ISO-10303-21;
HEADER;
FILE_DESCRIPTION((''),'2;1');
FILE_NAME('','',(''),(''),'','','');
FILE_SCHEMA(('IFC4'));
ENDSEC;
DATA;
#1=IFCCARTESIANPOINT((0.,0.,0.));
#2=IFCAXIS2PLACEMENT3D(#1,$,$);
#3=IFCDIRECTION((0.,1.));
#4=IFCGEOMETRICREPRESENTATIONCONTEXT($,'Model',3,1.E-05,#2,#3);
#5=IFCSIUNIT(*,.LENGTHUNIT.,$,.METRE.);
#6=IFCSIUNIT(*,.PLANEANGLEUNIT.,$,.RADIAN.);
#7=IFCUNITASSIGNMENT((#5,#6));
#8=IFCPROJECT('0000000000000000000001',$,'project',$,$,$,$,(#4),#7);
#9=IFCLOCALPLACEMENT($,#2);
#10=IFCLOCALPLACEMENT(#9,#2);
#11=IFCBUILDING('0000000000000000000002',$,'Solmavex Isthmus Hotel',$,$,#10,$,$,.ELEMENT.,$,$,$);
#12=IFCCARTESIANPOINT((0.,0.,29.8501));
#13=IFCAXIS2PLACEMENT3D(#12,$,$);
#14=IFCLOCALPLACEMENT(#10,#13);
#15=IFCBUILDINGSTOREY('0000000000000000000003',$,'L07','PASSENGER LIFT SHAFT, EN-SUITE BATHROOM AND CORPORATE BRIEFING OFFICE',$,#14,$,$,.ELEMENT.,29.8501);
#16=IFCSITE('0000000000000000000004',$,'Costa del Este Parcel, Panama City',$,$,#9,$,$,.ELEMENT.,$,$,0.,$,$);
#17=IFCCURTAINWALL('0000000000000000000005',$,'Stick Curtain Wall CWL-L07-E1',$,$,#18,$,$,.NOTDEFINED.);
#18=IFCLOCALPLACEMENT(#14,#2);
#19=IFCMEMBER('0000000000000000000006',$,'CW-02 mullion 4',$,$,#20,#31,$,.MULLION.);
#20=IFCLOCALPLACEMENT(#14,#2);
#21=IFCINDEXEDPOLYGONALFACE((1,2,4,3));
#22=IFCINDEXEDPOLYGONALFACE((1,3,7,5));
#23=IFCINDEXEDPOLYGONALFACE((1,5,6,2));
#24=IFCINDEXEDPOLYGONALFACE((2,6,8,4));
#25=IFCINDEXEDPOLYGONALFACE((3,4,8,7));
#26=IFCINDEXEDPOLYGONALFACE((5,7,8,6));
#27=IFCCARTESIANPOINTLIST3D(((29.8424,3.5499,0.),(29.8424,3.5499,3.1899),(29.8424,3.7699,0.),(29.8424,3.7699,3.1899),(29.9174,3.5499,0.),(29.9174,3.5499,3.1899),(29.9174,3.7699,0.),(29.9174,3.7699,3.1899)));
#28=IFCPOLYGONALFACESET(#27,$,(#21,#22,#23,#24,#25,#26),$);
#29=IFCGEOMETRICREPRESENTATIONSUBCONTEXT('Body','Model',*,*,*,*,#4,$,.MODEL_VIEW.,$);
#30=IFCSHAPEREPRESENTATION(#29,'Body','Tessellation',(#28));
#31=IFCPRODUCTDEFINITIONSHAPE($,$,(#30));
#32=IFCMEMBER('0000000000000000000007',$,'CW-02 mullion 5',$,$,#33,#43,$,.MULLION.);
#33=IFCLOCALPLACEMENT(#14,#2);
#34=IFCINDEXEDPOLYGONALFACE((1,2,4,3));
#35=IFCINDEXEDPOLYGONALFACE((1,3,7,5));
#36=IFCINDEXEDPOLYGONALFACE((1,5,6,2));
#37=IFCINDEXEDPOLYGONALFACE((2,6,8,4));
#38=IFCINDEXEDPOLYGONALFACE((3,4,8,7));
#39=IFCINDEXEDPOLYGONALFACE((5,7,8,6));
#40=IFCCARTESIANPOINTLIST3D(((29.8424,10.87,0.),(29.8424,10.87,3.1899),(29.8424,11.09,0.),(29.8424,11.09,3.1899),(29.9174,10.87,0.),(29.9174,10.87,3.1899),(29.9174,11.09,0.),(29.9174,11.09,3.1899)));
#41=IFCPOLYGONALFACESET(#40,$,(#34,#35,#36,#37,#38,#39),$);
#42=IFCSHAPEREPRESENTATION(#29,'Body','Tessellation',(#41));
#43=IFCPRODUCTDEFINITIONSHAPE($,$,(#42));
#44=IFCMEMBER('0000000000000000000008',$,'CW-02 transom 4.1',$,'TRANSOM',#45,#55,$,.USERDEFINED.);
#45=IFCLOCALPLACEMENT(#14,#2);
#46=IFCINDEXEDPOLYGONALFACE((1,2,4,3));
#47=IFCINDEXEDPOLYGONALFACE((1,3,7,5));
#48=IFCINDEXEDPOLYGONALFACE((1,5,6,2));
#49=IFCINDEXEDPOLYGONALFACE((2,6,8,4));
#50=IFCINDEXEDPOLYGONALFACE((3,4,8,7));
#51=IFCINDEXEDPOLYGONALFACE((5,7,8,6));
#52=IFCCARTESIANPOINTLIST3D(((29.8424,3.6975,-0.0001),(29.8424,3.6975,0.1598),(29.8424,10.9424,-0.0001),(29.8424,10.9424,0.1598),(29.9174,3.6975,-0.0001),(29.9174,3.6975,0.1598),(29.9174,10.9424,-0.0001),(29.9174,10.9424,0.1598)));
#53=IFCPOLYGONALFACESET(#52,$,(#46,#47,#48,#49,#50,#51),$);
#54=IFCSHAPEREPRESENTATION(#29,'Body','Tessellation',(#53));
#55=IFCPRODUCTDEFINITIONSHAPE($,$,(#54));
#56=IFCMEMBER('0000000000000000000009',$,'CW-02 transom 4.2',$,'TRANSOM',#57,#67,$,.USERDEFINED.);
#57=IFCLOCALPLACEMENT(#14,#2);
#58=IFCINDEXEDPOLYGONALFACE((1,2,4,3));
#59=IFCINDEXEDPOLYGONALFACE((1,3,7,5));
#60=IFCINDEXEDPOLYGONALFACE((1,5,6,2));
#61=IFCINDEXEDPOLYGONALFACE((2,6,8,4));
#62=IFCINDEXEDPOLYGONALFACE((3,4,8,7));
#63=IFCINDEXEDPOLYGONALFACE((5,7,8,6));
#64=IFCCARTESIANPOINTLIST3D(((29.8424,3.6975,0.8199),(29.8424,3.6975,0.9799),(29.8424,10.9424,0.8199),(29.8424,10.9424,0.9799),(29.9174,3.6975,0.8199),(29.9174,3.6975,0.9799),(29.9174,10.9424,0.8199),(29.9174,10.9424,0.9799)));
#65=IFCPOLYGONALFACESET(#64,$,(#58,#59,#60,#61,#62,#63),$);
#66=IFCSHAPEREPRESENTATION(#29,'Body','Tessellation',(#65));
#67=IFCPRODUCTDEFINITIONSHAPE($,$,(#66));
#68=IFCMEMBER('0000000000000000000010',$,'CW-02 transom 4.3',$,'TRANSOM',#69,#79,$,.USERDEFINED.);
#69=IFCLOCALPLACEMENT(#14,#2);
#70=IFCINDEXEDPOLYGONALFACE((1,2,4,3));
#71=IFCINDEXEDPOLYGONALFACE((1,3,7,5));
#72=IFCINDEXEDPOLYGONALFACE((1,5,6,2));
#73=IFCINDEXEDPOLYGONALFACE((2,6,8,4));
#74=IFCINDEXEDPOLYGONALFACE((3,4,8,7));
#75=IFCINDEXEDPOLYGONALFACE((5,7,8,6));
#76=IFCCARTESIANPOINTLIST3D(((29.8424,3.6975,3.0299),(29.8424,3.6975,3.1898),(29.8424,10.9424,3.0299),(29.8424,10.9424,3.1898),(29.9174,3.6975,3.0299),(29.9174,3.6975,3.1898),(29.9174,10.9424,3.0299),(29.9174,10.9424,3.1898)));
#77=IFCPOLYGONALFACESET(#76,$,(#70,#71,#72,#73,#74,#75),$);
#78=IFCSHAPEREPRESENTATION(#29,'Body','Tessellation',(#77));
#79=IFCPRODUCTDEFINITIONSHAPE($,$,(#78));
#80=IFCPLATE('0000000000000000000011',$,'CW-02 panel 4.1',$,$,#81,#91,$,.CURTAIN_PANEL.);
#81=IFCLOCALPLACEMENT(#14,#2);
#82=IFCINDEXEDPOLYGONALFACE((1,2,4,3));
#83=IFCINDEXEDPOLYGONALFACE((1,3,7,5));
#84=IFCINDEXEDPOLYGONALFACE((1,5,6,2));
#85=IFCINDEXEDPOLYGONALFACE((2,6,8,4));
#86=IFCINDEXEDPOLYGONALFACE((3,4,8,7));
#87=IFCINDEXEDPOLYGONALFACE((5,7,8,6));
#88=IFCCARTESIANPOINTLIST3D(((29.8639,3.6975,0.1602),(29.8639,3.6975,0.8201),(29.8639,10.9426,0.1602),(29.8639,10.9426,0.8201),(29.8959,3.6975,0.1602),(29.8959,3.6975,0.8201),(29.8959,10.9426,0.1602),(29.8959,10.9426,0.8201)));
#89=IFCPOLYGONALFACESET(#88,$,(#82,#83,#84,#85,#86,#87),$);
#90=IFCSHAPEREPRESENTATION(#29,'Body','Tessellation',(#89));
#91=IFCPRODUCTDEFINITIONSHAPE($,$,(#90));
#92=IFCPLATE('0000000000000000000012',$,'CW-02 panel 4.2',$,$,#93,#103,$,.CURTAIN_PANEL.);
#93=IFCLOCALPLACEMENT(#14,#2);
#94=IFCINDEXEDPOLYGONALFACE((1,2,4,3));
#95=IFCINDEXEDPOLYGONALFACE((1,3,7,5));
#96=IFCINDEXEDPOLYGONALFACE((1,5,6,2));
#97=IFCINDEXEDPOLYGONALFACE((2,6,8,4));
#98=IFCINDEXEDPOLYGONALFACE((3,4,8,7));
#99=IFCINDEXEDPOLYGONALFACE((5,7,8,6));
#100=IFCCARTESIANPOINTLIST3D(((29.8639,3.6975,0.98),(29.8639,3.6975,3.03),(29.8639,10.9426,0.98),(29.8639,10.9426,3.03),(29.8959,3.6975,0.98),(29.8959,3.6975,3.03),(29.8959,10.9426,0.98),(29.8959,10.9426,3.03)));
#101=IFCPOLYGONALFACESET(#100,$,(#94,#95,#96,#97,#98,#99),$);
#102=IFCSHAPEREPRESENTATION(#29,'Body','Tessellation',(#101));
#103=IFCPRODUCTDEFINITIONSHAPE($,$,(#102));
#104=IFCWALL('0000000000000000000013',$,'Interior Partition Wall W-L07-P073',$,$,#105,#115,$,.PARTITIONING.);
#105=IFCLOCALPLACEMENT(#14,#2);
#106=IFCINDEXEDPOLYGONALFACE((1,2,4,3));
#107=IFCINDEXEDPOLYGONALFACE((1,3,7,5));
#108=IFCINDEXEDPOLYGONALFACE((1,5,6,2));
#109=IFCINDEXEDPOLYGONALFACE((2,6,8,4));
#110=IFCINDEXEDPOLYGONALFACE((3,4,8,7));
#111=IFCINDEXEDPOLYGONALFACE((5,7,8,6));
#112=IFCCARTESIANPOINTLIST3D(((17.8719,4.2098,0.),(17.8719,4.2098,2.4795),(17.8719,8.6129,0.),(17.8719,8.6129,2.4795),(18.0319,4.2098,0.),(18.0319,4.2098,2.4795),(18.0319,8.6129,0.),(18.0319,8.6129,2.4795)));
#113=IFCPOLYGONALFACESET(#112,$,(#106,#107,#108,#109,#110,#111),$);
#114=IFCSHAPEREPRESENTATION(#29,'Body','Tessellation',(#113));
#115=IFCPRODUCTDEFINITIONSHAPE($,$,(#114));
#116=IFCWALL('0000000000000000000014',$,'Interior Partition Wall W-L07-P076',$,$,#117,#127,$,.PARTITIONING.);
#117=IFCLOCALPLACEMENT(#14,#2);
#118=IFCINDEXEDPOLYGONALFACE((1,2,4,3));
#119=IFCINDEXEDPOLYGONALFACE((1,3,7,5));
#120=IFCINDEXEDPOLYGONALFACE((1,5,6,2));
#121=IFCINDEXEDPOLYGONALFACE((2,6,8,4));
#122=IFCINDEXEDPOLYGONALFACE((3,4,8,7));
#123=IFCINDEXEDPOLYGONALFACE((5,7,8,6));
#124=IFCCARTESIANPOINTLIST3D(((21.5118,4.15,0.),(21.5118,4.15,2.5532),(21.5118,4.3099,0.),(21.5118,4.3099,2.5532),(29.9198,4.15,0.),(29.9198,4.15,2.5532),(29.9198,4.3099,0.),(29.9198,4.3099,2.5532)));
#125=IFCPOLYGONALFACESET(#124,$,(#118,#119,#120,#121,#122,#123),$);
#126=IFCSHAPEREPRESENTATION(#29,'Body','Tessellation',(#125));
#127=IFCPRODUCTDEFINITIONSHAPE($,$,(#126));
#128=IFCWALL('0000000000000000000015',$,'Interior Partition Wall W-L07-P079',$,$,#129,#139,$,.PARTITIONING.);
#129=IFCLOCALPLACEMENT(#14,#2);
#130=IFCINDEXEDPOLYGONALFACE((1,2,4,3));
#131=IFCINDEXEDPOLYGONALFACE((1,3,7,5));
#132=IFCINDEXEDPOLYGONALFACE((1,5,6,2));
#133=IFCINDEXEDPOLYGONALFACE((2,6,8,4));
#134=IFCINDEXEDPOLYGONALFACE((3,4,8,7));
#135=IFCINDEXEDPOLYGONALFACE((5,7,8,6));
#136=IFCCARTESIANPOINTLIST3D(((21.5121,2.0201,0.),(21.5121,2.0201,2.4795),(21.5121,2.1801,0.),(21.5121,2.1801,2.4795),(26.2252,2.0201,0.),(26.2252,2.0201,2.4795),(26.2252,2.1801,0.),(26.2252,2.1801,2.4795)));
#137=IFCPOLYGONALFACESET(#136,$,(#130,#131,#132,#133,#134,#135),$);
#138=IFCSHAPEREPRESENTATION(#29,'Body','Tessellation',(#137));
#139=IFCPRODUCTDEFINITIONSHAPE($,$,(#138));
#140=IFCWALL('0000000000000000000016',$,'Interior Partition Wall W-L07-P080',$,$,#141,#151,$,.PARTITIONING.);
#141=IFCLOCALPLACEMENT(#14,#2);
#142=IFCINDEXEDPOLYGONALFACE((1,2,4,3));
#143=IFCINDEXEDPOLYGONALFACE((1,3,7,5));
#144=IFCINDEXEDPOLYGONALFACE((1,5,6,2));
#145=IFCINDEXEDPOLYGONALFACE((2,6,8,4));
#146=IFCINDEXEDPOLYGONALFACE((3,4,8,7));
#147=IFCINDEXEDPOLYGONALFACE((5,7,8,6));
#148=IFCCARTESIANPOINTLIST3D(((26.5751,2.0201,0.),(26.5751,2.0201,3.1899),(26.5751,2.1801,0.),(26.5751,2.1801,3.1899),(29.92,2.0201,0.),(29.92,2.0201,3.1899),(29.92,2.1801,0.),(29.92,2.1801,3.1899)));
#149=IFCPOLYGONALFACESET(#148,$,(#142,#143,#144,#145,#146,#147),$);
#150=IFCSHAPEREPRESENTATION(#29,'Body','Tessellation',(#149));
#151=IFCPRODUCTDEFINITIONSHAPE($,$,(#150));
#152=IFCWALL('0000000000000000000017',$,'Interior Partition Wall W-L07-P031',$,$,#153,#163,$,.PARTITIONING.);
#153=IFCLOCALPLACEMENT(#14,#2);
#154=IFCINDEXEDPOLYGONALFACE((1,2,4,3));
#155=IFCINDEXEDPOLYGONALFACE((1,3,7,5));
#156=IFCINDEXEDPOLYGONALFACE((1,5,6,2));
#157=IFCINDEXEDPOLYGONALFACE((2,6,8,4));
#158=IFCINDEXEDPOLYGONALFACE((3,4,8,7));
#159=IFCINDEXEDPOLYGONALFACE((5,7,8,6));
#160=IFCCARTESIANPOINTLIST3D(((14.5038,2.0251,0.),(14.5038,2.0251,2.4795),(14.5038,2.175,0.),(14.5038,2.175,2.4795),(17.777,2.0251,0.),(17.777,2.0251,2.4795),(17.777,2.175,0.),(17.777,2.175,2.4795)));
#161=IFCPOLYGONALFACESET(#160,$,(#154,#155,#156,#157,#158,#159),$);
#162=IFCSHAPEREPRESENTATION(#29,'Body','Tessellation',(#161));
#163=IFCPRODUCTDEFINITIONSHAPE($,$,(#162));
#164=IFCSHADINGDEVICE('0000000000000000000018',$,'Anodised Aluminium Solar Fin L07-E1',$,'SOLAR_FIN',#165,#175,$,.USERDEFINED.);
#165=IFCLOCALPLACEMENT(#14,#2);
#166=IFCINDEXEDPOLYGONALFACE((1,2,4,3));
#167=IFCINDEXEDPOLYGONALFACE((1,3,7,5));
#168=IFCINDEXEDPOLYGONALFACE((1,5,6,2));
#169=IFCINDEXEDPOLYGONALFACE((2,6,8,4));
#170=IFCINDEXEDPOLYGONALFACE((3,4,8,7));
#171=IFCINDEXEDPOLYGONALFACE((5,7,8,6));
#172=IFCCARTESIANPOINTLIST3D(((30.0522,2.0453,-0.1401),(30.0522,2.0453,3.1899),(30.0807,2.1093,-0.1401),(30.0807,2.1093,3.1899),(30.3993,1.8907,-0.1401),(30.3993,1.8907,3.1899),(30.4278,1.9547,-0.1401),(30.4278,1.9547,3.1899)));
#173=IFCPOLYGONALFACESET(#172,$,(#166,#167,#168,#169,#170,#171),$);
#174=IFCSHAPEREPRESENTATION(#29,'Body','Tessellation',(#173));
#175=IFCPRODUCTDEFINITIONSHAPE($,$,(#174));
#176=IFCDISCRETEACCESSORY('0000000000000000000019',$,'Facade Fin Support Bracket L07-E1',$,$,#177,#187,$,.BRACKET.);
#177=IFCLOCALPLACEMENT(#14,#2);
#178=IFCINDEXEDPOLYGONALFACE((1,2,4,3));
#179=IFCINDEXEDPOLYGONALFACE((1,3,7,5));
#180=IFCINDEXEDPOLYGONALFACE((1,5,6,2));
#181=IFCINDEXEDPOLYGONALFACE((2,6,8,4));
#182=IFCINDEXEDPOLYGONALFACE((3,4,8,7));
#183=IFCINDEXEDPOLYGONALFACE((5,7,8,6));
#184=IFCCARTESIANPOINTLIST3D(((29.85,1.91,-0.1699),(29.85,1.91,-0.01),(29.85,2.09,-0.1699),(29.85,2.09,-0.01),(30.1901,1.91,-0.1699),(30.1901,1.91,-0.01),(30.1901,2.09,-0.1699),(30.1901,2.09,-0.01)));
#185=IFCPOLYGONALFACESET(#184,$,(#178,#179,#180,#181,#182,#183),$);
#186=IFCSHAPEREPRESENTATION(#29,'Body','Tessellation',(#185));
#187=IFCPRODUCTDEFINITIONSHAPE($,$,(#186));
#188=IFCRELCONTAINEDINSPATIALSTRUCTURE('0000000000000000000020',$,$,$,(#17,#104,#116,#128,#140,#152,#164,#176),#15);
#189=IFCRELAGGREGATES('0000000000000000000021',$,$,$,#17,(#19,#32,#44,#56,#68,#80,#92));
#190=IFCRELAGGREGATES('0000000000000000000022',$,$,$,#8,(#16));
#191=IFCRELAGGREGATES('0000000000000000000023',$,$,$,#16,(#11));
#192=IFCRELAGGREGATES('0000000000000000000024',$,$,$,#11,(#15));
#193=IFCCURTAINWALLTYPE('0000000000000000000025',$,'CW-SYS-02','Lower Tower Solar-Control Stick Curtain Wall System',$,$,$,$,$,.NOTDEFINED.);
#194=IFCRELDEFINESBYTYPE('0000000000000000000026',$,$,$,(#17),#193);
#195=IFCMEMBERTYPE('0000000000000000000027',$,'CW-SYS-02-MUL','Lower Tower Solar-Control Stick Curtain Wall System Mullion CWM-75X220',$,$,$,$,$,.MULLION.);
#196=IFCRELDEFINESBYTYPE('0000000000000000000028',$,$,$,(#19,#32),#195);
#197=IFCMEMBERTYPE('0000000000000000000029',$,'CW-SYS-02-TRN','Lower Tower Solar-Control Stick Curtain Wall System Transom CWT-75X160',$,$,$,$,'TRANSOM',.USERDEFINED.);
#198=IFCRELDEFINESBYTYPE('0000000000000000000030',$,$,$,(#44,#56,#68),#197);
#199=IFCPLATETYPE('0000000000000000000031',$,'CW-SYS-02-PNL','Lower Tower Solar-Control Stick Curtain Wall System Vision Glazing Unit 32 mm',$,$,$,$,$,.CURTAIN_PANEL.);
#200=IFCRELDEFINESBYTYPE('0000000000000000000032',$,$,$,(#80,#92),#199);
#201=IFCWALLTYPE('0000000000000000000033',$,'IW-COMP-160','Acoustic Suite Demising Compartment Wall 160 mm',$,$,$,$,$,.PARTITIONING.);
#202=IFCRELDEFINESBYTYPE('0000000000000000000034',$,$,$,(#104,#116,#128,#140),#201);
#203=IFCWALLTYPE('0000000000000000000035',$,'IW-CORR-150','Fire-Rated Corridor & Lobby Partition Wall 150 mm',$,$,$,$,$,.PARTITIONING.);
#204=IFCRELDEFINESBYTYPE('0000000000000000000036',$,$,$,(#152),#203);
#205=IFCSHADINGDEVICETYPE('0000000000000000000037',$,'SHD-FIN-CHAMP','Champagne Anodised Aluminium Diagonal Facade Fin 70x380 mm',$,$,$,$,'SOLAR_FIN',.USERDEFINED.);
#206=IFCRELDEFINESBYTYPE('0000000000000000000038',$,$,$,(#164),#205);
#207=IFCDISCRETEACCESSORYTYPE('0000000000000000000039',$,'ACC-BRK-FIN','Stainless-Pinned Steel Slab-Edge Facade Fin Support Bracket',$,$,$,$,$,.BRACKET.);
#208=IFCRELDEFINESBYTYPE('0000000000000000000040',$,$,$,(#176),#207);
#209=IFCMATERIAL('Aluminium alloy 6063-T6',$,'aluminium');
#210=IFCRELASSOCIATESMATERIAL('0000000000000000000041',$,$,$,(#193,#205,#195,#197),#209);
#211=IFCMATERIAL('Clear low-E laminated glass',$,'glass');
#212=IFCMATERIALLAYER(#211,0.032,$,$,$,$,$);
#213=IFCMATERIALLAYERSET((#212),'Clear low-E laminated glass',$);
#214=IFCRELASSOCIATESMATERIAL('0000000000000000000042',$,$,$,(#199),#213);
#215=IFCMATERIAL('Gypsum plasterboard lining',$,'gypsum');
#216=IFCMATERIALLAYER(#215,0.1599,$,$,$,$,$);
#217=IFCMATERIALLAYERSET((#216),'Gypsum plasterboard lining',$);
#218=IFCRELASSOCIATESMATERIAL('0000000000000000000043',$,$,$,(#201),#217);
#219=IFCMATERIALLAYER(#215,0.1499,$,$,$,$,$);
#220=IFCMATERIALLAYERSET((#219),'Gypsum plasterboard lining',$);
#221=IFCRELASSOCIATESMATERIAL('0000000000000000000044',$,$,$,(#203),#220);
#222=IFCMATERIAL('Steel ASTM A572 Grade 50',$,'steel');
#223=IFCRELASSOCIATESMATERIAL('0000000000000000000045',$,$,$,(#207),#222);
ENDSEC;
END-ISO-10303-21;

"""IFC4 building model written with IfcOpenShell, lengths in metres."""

from ifc_helpers import new_model, si_unit, direction, frame, frame_2d, origin, origin_2d, place, context, subcontext, project, spatial, rectangle, extrude, material, layer, layer_set, material_profile, profile_set, type_object, element, aggregate, save


model = new_model("IFC4")

# Units and contexts
model_context = context("Model", 3, precision=1e-05, world=origin(), true_north=direction((0.0, 1.0)))
body_context = subcontext(model_context, "Body", "Model", "MODEL_VIEW")
ifc_project = project(units=[si_unit("LENGTHUNIT", "METRE"), si_unit("PLANEANGLEUNIT", "RADIAN")], contexts=[model_context])

# Site, building, storey
site_placement = place(None, origin())
site = spatial("IfcSite", under=ifc_project, at=site_placement, Name="Costa del Este Parcel, Panama City", CompositionType="ELEMENT", RefElevation=0.0)
building_placement = place(site_placement, origin())
building = spatial("IfcBuilding", under=site, at=building_placement, Name="Solmavex Isthmus Hotel", CompositionType="ELEMENT")
storey_placement = place(building_placement, frame((0.0, 0.0, 29.8501)))
storey = spatial("IfcBuildingStorey", under=building, at=storey_placement, Name="L07", Description="PASSENGER LIFT SHAFT, EN-SUITE BATHROOM AND CORPORATE BRIEFING OFFICE", CompositionType="ELEMENT", Elevation=29.8501)

# Curtain wall, members, plates
ifc_material_1 = material(Name="Aluminium alloy 6063-T6", Category="aluminium")
curtain_wall_type = type_object("IfcCurtainWallType", Name="CW-SYS-02", Description="Lower Tower Solar-Control Stick Curtain Wall System", PredefinedType="NOTDEFINED", material=ifc_material_1)
curtain_wall_placement = place(storey_placement, origin())
curtain_wall = element("IfcCurtainWall", 1, at=curtain_wall_placement, inside=storey, type_object=curtain_wall_type, Name="Stick Curtain Wall CWL-L07-E1", PredefinedType="NOTDEFINED")
ifc_material_profile_1 = material_profile(ifc_material_1, rectangle(XDim=0.075, YDim=0.22, at=origin_2d()), Name="CWM-75X220")
ifc_profile_set_1 = profile_set([ifc_material_profile_1], Name="Aluminium alloy 6063-T6")
member_type_1 = type_object("IfcMemberType", Name="CW-SYS-02-MUL", Description="Lower Tower Solar-Control Stick Curtain Wall System Mullion CWM-75X220", PredefinedType="MULLION", material=ifc_profile_set_1)
member_1_placement = place(storey_placement, frame((29.8799, 3.6599, 0.0), z_axis=(0.0, 0.0, 1.0), x_axis=(-1.0, 0.0, 0.0)))
member_1 = element("IfcMember", 2, at=member_1_placement, type_object=member_type_1, Name="CW-02 mullion 4", PredefinedType="MULLION", context=body_context, shape_type="SweptSolid", body=[
    extrude(rectangle(XDim=0.075, YDim=0.22, at=origin_2d()), origin(), (0.0, 0.0, 1.0), 3.1899),
])
member_2_placement = place(storey_placement, frame((29.8799, 10.98, 0.0), z_axis=(0.0, 0.0, 1.0), x_axis=(-1.0, 0.0, 0.0)))
member_2 = element("IfcMember", 3, at=member_2_placement, type_object=member_type_1, Name="CW-02 mullion 5", PredefinedType="MULLION", context=body_context, shape_type="SweptSolid", body=[
    extrude(rectangle(XDim=0.075, YDim=0.22, at=origin_2d()), origin(), (0.0, 0.0, 1.0), 3.1899),
])
ifc_material_profile_2 = material_profile(ifc_material_1, rectangle(XDim=0.075, YDim=0.1599, at=origin_2d()), Name="CWT-75X160")
ifc_profile_set_2 = profile_set([ifc_material_profile_2], Name="Aluminium alloy 6063-T6")
member_type_2 = type_object("IfcMemberType", Name="CW-SYS-02-TRN", Description="Lower Tower Solar-Control Stick Curtain Wall System Transom CWT-75X160", ElementType="TRANSOM", PredefinedType="USERDEFINED", material=ifc_profile_set_2)
member_3_placement = place(storey_placement, frame((29.8799, 3.6975, 0.0798), z_axis=(0.0, 1.0, 0.0), x_axis=(-1.0, 0.0, 0.0)))
member_3 = element("IfcMember", 4, at=member_3_placement, type_object=member_type_2, Name="CW-02 transom 4.1", ObjectType="TRANSOM", PredefinedType="USERDEFINED", context=body_context, shape_type="SweptSolid", body=[
    extrude(rectangle(XDim=0.075, YDim=0.1599, at=origin_2d()), origin(), (0.0, 0.0, 1.0), 7.2449),
])
member_4_placement = place(storey_placement, frame((29.8799, 3.6975, 0.8999), z_axis=(0.0, 1.0, 0.0), x_axis=(-1.0, 0.0, 0.0)))
member_4 = element("IfcMember", 5, at=member_4_placement, type_object=member_type_2, Name="CW-02 transom 4.2", ObjectType="TRANSOM", PredefinedType="USERDEFINED", context=body_context, shape_type="SweptSolid", body=[
    extrude(rectangle(XDim=0.075, YDim=0.1599, at=origin_2d()), origin(), (0.0, 0.0, 1.0), 7.2449),
])
member_5_placement = place(storey_placement, frame((29.8799, 3.6975, 3.1099), z_axis=(0.0, 1.0, 0.0), x_axis=(-1.0, 0.0, 0.0)))
member_5 = element("IfcMember", 6, at=member_5_placement, type_object=member_type_2, Name="CW-02 transom 4.3", ObjectType="TRANSOM", PredefinedType="USERDEFINED", context=body_context, shape_type="SweptSolid", body=[
    extrude(rectangle(XDim=0.075, YDim=0.1599, at=origin_2d()), origin(), (0.0, 0.0, 1.0), 7.2449),
])
ifc_material_2 = material(Name="Clear low-E laminated glass", Category="glass")
ifc_layer_1 = layer(ifc_material_2, 0.032)
ifc_layer_set_1 = layer_set([ifc_layer_1], Name="Clear low-E laminated glass")
plate_type = type_object("IfcPlateType", Name="CW-SYS-02-PNL", Description="Lower Tower Solar-Control Stick Curtain Wall System Vision Glazing Unit 32 mm", PredefinedType="CURTAIN_PANEL", material=ifc_layer_set_1)
plate_1_placement = place(storey_placement, frame((29.8799, 7.3201, 0.1602), z_axis=(0.0, 0.0, 1.0), x_axis=(0.0, 1.0, 0.0)))
plate_1 = element("IfcPlate", 7, at=plate_1_placement, type_object=plate_type, Name="CW-02 panel 4.1", PredefinedType="CURTAIN_PANEL", context=body_context, shape_type="SweptSolid", body=[
    extrude(rectangle(XDim=7.2451, YDim=0.032, at=origin_2d()), origin(), (0.0, 0.0, 1.0), 0.6599),
])
plate_2_placement = place(storey_placement, frame((29.8799, 7.3201, 0.98), z_axis=(0.0, 0.0, 1.0), x_axis=(0.0, 1.0, 0.0)))
plate_2 = element("IfcPlate", 8, at=plate_2_placement, type_object=plate_type, Name="CW-02 panel 4.2", PredefinedType="CURTAIN_PANEL", context=body_context, shape_type="SweptSolid", body=[
    extrude(rectangle(XDim=7.2451, YDim=0.032, at=origin_2d()), origin(), (0.0, 0.0, 1.0), 2.05),
])
aggregate(curtain_wall, [member_1, member_2, member_3, member_4, member_5, plate_1, plate_2])

# Walls
ifc_material_3 = material(Name="Gypsum plasterboard lining", Category="gypsum")
ifc_layer_2 = layer(ifc_material_3, 0.1599)
ifc_layer_set_2 = layer_set([ifc_layer_2], Name="Gypsum plasterboard lining")
wall_type_1 = type_object("IfcWallType", Name="IW-COMP-160", Description="Acoustic Suite Demising Compartment Wall 160 mm", PredefinedType="PARTITIONING", material=ifc_layer_set_2)
wall_1_placement = place(storey_placement, frame((17.9519, 8.613, 0.0), z_axis=(0.0, 0.0, 1.0), x_axis=(0.0, -1.0, 0.0)))
element("IfcWall", 9, at=wall_1_placement, inside=storey, type_object=wall_type_1, Name="Interior Partition Wall W-L07-P073", PredefinedType="PARTITIONING", context=body_context, shape_type="SweptSolid", body=[
    extrude(rectangle(XDim=4.4031, YDim=0.1599, at=frame_2d((2.2017, 0.0))), origin(), (0.0, 0.0, 1.0), 2.4795),
])
wall_2_placement = place(storey_placement, frame((29.9199, 4.23, 0.0), z_axis=(0.0, 0.0, 1.0), x_axis=(-1.0, 0.0, 0.0)))
element("IfcWall", 10, at=wall_2_placement, inside=storey, type_object=wall_type_1, Name="Interior Partition Wall W-L07-P076", PredefinedType="PARTITIONING", context=body_context, shape_type="SweptSolid", body=[
    extrude(rectangle(XDim=8.408, YDim=0.1599, at=frame_2d((4.2041, 0.0))), origin(), (0.0, 0.0, 1.0), 2.5532),
])
wall_3_placement = place(storey_placement, frame((26.2251, 2.1001, 0.0), z_axis=(0.0, 0.0, 1.0), x_axis=(-1.0, 0.0, 0.0)))
element("IfcWall", 11, at=wall_3_placement, inside=storey, type_object=wall_type_1, Name="Interior Partition Wall W-L07-P079", PredefinedType="PARTITIONING", context=body_context, shape_type="SweptSolid", body=[
    extrude(rectangle(XDim=4.7131, YDim=0.1599, at=frame_2d((2.3564, 0.0))), origin(), (0.0, 0.0, 1.0), 2.4795),
])
wall_4_placement = place(storey_placement, frame((29.9199, 2.1001, 0.0), z_axis=(0.0, 0.0, 1.0), x_axis=(-1.0, 0.0, 0.0)))
element("IfcWall", 12, at=wall_4_placement, inside=storey, type_object=wall_type_1, Name="Interior Partition Wall W-L07-P080", PredefinedType="PARTITIONING", context=body_context, shape_type="SweptSolid", body=[
    extrude(rectangle(XDim=3.345, YDim=0.1599, at=frame_2d((1.6724, 0.0))), origin(), (0.0, 0.0, 1.0), 3.1899),
])

# Shared definitions
ifc_layer_3 = layer(ifc_material_3, 0.1499)
ifc_layer_set_3 = layer_set([ifc_layer_3], Name="Gypsum plasterboard lining")
wall_type_2 = type_object("IfcWallType", Name="IW-CORR-150", Description="Fire-Rated Corridor & Lobby Partition Wall 150 mm", PredefinedType="PARTITIONING", material=ifc_layer_set_3)

# Wall
wall_5_placement = place(storey_placement, frame((17.7771, 2.1001, 0.0), z_axis=(0.0, 0.0, 1.0), x_axis=(-1.0, 0.0, 0.0)))
element("IfcWall", 13, at=wall_5_placement, inside=storey, type_object=wall_type_2, Name="Interior Partition Wall W-L07-P031", PredefinedType="PARTITIONING", context=body_context, shape_type="SweptSolid", body=[
    extrude(rectangle(XDim=3.2732, YDim=0.1499, at=frame_2d((1.6367, 0.0))), origin(), (0.0, 0.0, 1.0), 2.4795),
])

# Shading device
shading_device_type = type_object("IfcShadingDeviceType", Name="SHD-FIN-CHAMP", Description="Champagne Anodised Aluminium Diagonal Facade Fin 70x380 mm", ElementType="SOLAR_FIN", PredefinedType="USERDEFINED", material=ifc_material_1)
shading_device_placement = place(storey_placement, frame((30.24, 2.0, -0.1401), z_axis=(0.0, 0.0, 1.0), x_axis=(0.913545, -0.406737, 0.0)))
element("IfcShadingDevice", 14, at=shading_device_placement, inside=storey, type_object=shading_device_type, Name="Anodised Aluminium Solar Fin L07-E1", ObjectType="SOLAR_FIN", PredefinedType="USERDEFINED", context=body_context, shape_type="SweptSolid", body=[
    extrude(rectangle(XDim=0.3799, YDim=0.0701, at=origin_2d()), origin(), (0.0, 0.0, 1.0), 3.3301),
])

# Discrete accessory
ifc_material_4 = material(Name="Steel ASTM A572 Grade 50", Category="steel")
discrete_accessory_type = type_object("IfcDiscreteAccessoryType", Name="ACC-BRK-FIN", Description="Stainless-Pinned Steel Slab-Edge Facade Fin Support Bracket", PredefinedType="BRACKET", material=ifc_material_4)
discrete_accessory_placement = place(storey_placement, frame((30.02, 2.0, -0.1699), z_axis=(0.0, 0.0, 1.0), x_axis=(1.0, 0.0, 0.0)))
element("IfcDiscreteAccessory", 15, at=discrete_accessory_placement, inside=storey, type_object=discrete_accessory_type, Name="Facade Fin Support Bracket L07-E1", PredefinedType="BRACKET", context=body_context, shape_type="SweptSolid", body=[
    extrude(rectangle(XDim=0.3401, YDim=0.1799, at=origin_2d()), origin(), (0.0, 0.0, 1.0), 0.1599),
])

save(model, "model.ifc")
